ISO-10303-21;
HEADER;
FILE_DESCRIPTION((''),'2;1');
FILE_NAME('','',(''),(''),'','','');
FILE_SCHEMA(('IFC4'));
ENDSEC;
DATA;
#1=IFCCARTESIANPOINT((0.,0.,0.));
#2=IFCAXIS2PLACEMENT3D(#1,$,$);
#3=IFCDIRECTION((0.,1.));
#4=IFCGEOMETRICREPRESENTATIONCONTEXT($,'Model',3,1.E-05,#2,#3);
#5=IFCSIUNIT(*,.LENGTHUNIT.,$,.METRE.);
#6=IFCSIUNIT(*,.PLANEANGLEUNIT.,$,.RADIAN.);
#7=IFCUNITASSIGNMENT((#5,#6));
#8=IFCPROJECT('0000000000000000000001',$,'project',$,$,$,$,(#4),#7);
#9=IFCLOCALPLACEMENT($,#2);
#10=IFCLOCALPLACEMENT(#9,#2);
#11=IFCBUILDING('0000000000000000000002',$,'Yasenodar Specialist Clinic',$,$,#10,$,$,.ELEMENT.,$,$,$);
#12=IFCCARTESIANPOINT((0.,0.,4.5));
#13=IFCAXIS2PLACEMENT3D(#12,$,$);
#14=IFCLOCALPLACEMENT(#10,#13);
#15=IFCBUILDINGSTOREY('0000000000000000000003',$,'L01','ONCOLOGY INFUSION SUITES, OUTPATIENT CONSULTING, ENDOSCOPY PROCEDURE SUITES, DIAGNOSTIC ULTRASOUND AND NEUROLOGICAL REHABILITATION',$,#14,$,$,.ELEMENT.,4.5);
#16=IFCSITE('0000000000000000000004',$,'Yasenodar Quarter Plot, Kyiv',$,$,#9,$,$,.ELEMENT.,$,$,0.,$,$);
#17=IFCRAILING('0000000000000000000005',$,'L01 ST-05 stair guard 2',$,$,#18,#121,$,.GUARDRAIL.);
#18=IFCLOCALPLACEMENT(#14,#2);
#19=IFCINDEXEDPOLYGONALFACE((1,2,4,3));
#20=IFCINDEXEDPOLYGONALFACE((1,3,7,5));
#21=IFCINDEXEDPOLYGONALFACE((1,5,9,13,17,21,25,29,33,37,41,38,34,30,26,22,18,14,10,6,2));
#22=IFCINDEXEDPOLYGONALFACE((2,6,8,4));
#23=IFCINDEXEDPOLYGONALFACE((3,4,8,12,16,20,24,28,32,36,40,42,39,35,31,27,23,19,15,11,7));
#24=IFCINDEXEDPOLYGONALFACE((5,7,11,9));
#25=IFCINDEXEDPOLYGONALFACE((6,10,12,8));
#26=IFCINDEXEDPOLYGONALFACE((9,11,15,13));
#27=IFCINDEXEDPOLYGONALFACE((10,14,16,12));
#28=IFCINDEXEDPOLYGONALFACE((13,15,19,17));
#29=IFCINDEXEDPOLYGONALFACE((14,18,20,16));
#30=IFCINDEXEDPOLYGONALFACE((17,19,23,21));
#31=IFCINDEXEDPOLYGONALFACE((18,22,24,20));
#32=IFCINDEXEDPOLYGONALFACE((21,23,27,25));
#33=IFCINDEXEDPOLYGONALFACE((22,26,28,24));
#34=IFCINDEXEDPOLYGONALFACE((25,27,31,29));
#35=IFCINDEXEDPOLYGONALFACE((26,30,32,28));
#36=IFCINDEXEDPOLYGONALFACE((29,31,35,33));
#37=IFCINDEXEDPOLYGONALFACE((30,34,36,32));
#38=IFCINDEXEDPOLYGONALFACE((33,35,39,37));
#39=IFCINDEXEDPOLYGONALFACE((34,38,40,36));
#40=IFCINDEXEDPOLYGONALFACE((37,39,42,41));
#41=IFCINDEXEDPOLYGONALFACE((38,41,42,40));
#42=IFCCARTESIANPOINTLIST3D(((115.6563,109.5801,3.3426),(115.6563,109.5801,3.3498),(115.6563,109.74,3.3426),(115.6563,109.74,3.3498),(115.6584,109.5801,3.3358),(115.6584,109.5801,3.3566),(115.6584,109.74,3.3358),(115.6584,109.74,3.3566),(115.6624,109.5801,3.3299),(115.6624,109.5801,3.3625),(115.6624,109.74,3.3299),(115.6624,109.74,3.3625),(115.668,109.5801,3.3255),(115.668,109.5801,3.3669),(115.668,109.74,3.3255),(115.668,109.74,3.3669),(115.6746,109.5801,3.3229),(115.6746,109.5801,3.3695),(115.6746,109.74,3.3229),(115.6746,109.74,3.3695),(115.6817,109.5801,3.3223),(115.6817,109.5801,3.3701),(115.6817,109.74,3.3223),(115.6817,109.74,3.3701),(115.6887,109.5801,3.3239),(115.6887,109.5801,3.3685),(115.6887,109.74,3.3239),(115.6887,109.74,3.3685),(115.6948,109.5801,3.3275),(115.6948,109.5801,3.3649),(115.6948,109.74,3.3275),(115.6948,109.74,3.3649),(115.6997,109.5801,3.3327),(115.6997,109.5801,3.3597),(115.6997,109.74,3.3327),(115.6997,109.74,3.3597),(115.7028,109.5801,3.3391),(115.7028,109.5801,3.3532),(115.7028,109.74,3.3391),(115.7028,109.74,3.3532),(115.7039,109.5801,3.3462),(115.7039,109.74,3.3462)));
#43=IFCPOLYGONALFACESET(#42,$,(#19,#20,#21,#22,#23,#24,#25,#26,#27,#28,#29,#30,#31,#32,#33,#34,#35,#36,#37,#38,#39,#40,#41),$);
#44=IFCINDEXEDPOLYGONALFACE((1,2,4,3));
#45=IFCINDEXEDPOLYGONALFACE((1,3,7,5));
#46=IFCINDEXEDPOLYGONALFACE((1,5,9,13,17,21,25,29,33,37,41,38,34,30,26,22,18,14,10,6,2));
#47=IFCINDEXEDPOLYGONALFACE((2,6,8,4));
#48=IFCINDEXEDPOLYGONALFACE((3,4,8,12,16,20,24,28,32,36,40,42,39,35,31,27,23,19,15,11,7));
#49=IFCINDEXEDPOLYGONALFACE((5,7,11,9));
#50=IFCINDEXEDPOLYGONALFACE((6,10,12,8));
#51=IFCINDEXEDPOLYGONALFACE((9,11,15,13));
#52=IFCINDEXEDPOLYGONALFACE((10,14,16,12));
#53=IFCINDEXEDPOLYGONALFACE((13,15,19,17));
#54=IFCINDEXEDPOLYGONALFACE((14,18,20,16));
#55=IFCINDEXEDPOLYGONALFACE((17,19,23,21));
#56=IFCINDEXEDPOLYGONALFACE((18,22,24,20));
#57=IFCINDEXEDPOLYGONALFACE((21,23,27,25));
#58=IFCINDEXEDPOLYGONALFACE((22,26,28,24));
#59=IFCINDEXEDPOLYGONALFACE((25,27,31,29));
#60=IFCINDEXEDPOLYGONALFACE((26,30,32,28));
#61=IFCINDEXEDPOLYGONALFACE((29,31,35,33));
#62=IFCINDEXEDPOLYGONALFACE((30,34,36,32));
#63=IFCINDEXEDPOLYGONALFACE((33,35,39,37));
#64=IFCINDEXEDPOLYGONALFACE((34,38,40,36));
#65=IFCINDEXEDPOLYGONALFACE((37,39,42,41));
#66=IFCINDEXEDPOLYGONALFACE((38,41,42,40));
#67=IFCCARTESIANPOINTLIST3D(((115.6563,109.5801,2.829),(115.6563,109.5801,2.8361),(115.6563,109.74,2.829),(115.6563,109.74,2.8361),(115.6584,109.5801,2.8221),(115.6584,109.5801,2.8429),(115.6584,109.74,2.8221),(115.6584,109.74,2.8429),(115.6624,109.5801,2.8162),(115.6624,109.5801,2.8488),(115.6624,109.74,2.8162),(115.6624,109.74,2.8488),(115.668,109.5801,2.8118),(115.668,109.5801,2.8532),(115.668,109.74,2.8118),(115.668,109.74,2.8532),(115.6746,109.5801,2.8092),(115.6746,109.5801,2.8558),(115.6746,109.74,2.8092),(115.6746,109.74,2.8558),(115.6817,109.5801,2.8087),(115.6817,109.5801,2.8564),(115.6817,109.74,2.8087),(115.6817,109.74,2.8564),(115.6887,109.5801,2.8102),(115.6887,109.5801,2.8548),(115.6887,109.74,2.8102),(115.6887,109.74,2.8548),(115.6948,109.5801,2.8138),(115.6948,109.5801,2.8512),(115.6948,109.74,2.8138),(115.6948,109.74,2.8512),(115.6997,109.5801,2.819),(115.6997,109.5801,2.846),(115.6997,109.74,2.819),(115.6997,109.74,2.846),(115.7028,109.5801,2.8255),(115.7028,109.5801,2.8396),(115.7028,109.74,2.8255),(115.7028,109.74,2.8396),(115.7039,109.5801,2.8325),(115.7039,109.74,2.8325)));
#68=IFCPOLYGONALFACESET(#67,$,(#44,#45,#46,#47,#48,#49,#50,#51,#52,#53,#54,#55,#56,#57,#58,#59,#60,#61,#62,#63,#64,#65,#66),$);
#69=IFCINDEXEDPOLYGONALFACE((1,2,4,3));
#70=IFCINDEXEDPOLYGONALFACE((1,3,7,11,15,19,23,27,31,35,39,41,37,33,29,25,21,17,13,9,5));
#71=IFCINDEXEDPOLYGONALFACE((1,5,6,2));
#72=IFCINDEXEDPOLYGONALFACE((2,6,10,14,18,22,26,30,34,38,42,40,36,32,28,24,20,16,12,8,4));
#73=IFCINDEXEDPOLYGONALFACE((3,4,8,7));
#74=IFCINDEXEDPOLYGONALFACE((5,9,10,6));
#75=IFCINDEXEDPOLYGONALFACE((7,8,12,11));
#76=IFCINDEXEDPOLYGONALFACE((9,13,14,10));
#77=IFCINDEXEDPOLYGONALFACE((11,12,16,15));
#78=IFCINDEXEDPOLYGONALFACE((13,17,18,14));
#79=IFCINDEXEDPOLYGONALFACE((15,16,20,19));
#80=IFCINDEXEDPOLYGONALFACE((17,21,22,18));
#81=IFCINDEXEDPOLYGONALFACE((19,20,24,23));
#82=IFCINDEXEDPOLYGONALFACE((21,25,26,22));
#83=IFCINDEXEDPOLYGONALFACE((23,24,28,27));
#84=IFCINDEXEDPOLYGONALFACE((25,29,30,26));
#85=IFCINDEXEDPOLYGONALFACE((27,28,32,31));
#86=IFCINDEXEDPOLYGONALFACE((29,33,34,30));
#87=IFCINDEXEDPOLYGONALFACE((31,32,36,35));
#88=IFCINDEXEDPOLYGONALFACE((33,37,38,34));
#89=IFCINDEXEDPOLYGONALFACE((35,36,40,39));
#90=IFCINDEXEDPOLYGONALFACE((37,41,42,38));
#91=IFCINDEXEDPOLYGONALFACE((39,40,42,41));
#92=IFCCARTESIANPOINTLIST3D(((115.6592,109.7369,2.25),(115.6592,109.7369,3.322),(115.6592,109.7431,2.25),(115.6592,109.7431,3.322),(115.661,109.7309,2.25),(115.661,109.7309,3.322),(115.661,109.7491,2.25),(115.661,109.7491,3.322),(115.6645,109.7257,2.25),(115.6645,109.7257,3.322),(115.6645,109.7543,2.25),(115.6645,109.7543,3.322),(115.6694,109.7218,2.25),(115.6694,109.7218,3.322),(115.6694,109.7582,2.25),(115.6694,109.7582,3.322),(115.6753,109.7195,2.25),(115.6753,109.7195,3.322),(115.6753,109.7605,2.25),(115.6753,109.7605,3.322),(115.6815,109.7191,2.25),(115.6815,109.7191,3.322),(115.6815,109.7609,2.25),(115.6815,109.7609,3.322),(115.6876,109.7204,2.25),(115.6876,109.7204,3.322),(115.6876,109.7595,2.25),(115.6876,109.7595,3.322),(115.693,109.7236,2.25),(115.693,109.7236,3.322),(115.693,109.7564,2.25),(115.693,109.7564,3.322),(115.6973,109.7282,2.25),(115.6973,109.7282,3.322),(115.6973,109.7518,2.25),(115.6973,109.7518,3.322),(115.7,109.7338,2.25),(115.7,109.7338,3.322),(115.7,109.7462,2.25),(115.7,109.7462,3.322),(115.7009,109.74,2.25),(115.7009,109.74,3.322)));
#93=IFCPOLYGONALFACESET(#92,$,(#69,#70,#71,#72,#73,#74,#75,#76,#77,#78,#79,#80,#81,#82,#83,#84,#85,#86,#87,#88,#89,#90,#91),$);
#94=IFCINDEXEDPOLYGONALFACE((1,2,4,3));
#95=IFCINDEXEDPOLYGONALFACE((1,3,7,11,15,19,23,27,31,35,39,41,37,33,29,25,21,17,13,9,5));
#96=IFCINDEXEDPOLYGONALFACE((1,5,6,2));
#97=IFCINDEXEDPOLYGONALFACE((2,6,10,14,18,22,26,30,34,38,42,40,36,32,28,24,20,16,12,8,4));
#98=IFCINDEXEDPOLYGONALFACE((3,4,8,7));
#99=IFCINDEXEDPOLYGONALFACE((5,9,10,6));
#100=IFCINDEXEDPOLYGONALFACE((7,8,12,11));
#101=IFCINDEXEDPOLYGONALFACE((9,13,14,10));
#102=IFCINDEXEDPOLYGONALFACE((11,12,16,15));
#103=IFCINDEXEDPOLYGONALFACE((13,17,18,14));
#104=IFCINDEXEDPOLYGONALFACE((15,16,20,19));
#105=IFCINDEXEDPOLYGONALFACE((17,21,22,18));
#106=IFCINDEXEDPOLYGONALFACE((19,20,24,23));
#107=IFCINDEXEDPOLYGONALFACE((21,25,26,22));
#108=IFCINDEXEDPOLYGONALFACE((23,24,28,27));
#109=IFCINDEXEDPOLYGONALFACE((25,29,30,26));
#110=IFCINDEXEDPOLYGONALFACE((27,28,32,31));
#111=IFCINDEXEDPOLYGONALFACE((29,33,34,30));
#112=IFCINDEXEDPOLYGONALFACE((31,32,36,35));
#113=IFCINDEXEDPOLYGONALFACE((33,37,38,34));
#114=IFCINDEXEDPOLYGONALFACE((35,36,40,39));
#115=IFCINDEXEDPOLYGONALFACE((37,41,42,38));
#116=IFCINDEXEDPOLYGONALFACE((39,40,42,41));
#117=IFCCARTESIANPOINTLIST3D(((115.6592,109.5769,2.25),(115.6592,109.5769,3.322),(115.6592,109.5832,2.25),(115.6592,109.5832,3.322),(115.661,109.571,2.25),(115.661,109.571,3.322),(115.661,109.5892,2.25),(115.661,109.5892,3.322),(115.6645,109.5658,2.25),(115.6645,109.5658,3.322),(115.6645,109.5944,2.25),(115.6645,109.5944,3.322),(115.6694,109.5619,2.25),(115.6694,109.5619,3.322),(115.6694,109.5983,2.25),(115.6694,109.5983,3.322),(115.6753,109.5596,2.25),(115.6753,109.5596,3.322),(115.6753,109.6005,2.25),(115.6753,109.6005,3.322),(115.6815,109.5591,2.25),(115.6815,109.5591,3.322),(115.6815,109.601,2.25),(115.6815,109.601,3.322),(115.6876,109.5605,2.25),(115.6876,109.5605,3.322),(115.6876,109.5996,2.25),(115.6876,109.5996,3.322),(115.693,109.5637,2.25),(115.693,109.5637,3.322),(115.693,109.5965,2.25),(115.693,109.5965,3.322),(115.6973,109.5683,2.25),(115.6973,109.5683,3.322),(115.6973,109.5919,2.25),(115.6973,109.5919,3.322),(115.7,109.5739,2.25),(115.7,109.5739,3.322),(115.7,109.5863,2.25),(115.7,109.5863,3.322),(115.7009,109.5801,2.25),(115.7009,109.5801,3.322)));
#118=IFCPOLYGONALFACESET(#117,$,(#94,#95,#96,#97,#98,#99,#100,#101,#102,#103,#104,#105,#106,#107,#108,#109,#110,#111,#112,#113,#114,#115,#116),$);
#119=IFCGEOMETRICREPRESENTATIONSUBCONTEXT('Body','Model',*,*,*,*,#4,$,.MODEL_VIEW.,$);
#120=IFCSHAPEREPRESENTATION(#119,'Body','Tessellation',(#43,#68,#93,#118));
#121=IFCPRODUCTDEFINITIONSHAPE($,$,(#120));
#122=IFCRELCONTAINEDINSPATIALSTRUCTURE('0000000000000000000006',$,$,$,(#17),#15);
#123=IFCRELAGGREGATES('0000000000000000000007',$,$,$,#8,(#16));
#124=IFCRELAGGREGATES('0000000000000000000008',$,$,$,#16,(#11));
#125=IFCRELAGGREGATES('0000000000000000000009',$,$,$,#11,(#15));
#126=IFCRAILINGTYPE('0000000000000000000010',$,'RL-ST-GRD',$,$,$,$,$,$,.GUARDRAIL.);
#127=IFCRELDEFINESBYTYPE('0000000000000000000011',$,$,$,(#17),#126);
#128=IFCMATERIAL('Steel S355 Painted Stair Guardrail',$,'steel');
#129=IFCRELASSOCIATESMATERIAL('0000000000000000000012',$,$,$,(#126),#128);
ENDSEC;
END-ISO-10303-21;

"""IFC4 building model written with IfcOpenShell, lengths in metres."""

from ifc_helpers import new_model, si_unit, direction, frame, origin, origin_2d, place, context, subcontext, project, spatial, circle, extrude, material, type_object, element, save


model = new_model("IFC4")

# Units and contexts
model_context = context("Model", 3, precision=1e-05, world=origin(), true_north=direction((0.0, 1.0)))
body_context = subcontext(model_context, "Body", "Model", "MODEL_VIEW")
ifc_project = project(units=[si_unit("LENGTHUNIT", "METRE"), si_unit("PLANEANGLEUNIT", "RADIAN")], contexts=[model_context])

# Site, building, storey
site_placement = place(None, origin())
site = spatial("IfcSite", under=ifc_project, at=site_placement, Name="Yasenodar Quarter Plot, Kyiv", CompositionType="ELEMENT", RefElevation=0.0)
building_placement = place(site_placement, origin())
building = spatial("IfcBuilding", under=site, at=building_placement, Name="Yasenodar Specialist Clinic", CompositionType="ELEMENT")
storey_placement = place(building_placement, frame((0.0, 0.0, 4.5)))
storey = spatial("IfcBuildingStorey", under=building, at=storey_placement, Name="L01", Description="ONCOLOGY INFUSION SUITES, OUTPATIENT CONSULTING, ENDOSCOPY PROCEDURE SUITES, DIAGNOSTIC ULTRASOUND AND NEUROLOGICAL REHABILITATION", CompositionType="ELEMENT", Elevation=4.5)

# Railing
ifc_material_1 = material(Name="Steel S355 Painted Stair Guardrail", Category="steel")
railing_type_1 = type_object("IfcRailingType", Name="RL-ST-GRD", PredefinedType="GUARDRAIL", material=ifc_material_1)
railing_1_placement = place(storey_placement, frame((115.6799, 109.74, 2.25)))
element("IfcRailing", 1, at=railing_1_placement, inside=storey, type_object=railing_type_1, Name="L01 ST-05 stair guard 2", PredefinedType="GUARDRAIL", context=body_context, shape_type="SweptSolid", body=[
    extrude(circle(Radius=0.0239, at=origin_2d()), frame((0.0, 0.0, 1.0962), z_axis=(0.0, -1.0, 0.0), x_axis=(1.0, 0.0, 0.0)), (0.0, 0.0, 1.0), 0.1599),
    extrude(circle(Radius=0.0239, at=origin_2d()), frame((0.0, 0.0, 0.5825), z_axis=(0.0, -1.0, 0.0), x_axis=(1.0, 0.0, 0.0)), (0.0, 0.0, 1.0), 0.1599),
    extrude(circle(Radius=0.021, at=origin_2d()), origin(), (0.0, 0.0, 1.0), 1.072),
    extrude(circle(Radius=0.021, at=origin_2d()), frame((0.0, -0.1599, 0.0)), (0.0, 0.0, 1.0), 1.072),
])

save(model, "model.ifc")
